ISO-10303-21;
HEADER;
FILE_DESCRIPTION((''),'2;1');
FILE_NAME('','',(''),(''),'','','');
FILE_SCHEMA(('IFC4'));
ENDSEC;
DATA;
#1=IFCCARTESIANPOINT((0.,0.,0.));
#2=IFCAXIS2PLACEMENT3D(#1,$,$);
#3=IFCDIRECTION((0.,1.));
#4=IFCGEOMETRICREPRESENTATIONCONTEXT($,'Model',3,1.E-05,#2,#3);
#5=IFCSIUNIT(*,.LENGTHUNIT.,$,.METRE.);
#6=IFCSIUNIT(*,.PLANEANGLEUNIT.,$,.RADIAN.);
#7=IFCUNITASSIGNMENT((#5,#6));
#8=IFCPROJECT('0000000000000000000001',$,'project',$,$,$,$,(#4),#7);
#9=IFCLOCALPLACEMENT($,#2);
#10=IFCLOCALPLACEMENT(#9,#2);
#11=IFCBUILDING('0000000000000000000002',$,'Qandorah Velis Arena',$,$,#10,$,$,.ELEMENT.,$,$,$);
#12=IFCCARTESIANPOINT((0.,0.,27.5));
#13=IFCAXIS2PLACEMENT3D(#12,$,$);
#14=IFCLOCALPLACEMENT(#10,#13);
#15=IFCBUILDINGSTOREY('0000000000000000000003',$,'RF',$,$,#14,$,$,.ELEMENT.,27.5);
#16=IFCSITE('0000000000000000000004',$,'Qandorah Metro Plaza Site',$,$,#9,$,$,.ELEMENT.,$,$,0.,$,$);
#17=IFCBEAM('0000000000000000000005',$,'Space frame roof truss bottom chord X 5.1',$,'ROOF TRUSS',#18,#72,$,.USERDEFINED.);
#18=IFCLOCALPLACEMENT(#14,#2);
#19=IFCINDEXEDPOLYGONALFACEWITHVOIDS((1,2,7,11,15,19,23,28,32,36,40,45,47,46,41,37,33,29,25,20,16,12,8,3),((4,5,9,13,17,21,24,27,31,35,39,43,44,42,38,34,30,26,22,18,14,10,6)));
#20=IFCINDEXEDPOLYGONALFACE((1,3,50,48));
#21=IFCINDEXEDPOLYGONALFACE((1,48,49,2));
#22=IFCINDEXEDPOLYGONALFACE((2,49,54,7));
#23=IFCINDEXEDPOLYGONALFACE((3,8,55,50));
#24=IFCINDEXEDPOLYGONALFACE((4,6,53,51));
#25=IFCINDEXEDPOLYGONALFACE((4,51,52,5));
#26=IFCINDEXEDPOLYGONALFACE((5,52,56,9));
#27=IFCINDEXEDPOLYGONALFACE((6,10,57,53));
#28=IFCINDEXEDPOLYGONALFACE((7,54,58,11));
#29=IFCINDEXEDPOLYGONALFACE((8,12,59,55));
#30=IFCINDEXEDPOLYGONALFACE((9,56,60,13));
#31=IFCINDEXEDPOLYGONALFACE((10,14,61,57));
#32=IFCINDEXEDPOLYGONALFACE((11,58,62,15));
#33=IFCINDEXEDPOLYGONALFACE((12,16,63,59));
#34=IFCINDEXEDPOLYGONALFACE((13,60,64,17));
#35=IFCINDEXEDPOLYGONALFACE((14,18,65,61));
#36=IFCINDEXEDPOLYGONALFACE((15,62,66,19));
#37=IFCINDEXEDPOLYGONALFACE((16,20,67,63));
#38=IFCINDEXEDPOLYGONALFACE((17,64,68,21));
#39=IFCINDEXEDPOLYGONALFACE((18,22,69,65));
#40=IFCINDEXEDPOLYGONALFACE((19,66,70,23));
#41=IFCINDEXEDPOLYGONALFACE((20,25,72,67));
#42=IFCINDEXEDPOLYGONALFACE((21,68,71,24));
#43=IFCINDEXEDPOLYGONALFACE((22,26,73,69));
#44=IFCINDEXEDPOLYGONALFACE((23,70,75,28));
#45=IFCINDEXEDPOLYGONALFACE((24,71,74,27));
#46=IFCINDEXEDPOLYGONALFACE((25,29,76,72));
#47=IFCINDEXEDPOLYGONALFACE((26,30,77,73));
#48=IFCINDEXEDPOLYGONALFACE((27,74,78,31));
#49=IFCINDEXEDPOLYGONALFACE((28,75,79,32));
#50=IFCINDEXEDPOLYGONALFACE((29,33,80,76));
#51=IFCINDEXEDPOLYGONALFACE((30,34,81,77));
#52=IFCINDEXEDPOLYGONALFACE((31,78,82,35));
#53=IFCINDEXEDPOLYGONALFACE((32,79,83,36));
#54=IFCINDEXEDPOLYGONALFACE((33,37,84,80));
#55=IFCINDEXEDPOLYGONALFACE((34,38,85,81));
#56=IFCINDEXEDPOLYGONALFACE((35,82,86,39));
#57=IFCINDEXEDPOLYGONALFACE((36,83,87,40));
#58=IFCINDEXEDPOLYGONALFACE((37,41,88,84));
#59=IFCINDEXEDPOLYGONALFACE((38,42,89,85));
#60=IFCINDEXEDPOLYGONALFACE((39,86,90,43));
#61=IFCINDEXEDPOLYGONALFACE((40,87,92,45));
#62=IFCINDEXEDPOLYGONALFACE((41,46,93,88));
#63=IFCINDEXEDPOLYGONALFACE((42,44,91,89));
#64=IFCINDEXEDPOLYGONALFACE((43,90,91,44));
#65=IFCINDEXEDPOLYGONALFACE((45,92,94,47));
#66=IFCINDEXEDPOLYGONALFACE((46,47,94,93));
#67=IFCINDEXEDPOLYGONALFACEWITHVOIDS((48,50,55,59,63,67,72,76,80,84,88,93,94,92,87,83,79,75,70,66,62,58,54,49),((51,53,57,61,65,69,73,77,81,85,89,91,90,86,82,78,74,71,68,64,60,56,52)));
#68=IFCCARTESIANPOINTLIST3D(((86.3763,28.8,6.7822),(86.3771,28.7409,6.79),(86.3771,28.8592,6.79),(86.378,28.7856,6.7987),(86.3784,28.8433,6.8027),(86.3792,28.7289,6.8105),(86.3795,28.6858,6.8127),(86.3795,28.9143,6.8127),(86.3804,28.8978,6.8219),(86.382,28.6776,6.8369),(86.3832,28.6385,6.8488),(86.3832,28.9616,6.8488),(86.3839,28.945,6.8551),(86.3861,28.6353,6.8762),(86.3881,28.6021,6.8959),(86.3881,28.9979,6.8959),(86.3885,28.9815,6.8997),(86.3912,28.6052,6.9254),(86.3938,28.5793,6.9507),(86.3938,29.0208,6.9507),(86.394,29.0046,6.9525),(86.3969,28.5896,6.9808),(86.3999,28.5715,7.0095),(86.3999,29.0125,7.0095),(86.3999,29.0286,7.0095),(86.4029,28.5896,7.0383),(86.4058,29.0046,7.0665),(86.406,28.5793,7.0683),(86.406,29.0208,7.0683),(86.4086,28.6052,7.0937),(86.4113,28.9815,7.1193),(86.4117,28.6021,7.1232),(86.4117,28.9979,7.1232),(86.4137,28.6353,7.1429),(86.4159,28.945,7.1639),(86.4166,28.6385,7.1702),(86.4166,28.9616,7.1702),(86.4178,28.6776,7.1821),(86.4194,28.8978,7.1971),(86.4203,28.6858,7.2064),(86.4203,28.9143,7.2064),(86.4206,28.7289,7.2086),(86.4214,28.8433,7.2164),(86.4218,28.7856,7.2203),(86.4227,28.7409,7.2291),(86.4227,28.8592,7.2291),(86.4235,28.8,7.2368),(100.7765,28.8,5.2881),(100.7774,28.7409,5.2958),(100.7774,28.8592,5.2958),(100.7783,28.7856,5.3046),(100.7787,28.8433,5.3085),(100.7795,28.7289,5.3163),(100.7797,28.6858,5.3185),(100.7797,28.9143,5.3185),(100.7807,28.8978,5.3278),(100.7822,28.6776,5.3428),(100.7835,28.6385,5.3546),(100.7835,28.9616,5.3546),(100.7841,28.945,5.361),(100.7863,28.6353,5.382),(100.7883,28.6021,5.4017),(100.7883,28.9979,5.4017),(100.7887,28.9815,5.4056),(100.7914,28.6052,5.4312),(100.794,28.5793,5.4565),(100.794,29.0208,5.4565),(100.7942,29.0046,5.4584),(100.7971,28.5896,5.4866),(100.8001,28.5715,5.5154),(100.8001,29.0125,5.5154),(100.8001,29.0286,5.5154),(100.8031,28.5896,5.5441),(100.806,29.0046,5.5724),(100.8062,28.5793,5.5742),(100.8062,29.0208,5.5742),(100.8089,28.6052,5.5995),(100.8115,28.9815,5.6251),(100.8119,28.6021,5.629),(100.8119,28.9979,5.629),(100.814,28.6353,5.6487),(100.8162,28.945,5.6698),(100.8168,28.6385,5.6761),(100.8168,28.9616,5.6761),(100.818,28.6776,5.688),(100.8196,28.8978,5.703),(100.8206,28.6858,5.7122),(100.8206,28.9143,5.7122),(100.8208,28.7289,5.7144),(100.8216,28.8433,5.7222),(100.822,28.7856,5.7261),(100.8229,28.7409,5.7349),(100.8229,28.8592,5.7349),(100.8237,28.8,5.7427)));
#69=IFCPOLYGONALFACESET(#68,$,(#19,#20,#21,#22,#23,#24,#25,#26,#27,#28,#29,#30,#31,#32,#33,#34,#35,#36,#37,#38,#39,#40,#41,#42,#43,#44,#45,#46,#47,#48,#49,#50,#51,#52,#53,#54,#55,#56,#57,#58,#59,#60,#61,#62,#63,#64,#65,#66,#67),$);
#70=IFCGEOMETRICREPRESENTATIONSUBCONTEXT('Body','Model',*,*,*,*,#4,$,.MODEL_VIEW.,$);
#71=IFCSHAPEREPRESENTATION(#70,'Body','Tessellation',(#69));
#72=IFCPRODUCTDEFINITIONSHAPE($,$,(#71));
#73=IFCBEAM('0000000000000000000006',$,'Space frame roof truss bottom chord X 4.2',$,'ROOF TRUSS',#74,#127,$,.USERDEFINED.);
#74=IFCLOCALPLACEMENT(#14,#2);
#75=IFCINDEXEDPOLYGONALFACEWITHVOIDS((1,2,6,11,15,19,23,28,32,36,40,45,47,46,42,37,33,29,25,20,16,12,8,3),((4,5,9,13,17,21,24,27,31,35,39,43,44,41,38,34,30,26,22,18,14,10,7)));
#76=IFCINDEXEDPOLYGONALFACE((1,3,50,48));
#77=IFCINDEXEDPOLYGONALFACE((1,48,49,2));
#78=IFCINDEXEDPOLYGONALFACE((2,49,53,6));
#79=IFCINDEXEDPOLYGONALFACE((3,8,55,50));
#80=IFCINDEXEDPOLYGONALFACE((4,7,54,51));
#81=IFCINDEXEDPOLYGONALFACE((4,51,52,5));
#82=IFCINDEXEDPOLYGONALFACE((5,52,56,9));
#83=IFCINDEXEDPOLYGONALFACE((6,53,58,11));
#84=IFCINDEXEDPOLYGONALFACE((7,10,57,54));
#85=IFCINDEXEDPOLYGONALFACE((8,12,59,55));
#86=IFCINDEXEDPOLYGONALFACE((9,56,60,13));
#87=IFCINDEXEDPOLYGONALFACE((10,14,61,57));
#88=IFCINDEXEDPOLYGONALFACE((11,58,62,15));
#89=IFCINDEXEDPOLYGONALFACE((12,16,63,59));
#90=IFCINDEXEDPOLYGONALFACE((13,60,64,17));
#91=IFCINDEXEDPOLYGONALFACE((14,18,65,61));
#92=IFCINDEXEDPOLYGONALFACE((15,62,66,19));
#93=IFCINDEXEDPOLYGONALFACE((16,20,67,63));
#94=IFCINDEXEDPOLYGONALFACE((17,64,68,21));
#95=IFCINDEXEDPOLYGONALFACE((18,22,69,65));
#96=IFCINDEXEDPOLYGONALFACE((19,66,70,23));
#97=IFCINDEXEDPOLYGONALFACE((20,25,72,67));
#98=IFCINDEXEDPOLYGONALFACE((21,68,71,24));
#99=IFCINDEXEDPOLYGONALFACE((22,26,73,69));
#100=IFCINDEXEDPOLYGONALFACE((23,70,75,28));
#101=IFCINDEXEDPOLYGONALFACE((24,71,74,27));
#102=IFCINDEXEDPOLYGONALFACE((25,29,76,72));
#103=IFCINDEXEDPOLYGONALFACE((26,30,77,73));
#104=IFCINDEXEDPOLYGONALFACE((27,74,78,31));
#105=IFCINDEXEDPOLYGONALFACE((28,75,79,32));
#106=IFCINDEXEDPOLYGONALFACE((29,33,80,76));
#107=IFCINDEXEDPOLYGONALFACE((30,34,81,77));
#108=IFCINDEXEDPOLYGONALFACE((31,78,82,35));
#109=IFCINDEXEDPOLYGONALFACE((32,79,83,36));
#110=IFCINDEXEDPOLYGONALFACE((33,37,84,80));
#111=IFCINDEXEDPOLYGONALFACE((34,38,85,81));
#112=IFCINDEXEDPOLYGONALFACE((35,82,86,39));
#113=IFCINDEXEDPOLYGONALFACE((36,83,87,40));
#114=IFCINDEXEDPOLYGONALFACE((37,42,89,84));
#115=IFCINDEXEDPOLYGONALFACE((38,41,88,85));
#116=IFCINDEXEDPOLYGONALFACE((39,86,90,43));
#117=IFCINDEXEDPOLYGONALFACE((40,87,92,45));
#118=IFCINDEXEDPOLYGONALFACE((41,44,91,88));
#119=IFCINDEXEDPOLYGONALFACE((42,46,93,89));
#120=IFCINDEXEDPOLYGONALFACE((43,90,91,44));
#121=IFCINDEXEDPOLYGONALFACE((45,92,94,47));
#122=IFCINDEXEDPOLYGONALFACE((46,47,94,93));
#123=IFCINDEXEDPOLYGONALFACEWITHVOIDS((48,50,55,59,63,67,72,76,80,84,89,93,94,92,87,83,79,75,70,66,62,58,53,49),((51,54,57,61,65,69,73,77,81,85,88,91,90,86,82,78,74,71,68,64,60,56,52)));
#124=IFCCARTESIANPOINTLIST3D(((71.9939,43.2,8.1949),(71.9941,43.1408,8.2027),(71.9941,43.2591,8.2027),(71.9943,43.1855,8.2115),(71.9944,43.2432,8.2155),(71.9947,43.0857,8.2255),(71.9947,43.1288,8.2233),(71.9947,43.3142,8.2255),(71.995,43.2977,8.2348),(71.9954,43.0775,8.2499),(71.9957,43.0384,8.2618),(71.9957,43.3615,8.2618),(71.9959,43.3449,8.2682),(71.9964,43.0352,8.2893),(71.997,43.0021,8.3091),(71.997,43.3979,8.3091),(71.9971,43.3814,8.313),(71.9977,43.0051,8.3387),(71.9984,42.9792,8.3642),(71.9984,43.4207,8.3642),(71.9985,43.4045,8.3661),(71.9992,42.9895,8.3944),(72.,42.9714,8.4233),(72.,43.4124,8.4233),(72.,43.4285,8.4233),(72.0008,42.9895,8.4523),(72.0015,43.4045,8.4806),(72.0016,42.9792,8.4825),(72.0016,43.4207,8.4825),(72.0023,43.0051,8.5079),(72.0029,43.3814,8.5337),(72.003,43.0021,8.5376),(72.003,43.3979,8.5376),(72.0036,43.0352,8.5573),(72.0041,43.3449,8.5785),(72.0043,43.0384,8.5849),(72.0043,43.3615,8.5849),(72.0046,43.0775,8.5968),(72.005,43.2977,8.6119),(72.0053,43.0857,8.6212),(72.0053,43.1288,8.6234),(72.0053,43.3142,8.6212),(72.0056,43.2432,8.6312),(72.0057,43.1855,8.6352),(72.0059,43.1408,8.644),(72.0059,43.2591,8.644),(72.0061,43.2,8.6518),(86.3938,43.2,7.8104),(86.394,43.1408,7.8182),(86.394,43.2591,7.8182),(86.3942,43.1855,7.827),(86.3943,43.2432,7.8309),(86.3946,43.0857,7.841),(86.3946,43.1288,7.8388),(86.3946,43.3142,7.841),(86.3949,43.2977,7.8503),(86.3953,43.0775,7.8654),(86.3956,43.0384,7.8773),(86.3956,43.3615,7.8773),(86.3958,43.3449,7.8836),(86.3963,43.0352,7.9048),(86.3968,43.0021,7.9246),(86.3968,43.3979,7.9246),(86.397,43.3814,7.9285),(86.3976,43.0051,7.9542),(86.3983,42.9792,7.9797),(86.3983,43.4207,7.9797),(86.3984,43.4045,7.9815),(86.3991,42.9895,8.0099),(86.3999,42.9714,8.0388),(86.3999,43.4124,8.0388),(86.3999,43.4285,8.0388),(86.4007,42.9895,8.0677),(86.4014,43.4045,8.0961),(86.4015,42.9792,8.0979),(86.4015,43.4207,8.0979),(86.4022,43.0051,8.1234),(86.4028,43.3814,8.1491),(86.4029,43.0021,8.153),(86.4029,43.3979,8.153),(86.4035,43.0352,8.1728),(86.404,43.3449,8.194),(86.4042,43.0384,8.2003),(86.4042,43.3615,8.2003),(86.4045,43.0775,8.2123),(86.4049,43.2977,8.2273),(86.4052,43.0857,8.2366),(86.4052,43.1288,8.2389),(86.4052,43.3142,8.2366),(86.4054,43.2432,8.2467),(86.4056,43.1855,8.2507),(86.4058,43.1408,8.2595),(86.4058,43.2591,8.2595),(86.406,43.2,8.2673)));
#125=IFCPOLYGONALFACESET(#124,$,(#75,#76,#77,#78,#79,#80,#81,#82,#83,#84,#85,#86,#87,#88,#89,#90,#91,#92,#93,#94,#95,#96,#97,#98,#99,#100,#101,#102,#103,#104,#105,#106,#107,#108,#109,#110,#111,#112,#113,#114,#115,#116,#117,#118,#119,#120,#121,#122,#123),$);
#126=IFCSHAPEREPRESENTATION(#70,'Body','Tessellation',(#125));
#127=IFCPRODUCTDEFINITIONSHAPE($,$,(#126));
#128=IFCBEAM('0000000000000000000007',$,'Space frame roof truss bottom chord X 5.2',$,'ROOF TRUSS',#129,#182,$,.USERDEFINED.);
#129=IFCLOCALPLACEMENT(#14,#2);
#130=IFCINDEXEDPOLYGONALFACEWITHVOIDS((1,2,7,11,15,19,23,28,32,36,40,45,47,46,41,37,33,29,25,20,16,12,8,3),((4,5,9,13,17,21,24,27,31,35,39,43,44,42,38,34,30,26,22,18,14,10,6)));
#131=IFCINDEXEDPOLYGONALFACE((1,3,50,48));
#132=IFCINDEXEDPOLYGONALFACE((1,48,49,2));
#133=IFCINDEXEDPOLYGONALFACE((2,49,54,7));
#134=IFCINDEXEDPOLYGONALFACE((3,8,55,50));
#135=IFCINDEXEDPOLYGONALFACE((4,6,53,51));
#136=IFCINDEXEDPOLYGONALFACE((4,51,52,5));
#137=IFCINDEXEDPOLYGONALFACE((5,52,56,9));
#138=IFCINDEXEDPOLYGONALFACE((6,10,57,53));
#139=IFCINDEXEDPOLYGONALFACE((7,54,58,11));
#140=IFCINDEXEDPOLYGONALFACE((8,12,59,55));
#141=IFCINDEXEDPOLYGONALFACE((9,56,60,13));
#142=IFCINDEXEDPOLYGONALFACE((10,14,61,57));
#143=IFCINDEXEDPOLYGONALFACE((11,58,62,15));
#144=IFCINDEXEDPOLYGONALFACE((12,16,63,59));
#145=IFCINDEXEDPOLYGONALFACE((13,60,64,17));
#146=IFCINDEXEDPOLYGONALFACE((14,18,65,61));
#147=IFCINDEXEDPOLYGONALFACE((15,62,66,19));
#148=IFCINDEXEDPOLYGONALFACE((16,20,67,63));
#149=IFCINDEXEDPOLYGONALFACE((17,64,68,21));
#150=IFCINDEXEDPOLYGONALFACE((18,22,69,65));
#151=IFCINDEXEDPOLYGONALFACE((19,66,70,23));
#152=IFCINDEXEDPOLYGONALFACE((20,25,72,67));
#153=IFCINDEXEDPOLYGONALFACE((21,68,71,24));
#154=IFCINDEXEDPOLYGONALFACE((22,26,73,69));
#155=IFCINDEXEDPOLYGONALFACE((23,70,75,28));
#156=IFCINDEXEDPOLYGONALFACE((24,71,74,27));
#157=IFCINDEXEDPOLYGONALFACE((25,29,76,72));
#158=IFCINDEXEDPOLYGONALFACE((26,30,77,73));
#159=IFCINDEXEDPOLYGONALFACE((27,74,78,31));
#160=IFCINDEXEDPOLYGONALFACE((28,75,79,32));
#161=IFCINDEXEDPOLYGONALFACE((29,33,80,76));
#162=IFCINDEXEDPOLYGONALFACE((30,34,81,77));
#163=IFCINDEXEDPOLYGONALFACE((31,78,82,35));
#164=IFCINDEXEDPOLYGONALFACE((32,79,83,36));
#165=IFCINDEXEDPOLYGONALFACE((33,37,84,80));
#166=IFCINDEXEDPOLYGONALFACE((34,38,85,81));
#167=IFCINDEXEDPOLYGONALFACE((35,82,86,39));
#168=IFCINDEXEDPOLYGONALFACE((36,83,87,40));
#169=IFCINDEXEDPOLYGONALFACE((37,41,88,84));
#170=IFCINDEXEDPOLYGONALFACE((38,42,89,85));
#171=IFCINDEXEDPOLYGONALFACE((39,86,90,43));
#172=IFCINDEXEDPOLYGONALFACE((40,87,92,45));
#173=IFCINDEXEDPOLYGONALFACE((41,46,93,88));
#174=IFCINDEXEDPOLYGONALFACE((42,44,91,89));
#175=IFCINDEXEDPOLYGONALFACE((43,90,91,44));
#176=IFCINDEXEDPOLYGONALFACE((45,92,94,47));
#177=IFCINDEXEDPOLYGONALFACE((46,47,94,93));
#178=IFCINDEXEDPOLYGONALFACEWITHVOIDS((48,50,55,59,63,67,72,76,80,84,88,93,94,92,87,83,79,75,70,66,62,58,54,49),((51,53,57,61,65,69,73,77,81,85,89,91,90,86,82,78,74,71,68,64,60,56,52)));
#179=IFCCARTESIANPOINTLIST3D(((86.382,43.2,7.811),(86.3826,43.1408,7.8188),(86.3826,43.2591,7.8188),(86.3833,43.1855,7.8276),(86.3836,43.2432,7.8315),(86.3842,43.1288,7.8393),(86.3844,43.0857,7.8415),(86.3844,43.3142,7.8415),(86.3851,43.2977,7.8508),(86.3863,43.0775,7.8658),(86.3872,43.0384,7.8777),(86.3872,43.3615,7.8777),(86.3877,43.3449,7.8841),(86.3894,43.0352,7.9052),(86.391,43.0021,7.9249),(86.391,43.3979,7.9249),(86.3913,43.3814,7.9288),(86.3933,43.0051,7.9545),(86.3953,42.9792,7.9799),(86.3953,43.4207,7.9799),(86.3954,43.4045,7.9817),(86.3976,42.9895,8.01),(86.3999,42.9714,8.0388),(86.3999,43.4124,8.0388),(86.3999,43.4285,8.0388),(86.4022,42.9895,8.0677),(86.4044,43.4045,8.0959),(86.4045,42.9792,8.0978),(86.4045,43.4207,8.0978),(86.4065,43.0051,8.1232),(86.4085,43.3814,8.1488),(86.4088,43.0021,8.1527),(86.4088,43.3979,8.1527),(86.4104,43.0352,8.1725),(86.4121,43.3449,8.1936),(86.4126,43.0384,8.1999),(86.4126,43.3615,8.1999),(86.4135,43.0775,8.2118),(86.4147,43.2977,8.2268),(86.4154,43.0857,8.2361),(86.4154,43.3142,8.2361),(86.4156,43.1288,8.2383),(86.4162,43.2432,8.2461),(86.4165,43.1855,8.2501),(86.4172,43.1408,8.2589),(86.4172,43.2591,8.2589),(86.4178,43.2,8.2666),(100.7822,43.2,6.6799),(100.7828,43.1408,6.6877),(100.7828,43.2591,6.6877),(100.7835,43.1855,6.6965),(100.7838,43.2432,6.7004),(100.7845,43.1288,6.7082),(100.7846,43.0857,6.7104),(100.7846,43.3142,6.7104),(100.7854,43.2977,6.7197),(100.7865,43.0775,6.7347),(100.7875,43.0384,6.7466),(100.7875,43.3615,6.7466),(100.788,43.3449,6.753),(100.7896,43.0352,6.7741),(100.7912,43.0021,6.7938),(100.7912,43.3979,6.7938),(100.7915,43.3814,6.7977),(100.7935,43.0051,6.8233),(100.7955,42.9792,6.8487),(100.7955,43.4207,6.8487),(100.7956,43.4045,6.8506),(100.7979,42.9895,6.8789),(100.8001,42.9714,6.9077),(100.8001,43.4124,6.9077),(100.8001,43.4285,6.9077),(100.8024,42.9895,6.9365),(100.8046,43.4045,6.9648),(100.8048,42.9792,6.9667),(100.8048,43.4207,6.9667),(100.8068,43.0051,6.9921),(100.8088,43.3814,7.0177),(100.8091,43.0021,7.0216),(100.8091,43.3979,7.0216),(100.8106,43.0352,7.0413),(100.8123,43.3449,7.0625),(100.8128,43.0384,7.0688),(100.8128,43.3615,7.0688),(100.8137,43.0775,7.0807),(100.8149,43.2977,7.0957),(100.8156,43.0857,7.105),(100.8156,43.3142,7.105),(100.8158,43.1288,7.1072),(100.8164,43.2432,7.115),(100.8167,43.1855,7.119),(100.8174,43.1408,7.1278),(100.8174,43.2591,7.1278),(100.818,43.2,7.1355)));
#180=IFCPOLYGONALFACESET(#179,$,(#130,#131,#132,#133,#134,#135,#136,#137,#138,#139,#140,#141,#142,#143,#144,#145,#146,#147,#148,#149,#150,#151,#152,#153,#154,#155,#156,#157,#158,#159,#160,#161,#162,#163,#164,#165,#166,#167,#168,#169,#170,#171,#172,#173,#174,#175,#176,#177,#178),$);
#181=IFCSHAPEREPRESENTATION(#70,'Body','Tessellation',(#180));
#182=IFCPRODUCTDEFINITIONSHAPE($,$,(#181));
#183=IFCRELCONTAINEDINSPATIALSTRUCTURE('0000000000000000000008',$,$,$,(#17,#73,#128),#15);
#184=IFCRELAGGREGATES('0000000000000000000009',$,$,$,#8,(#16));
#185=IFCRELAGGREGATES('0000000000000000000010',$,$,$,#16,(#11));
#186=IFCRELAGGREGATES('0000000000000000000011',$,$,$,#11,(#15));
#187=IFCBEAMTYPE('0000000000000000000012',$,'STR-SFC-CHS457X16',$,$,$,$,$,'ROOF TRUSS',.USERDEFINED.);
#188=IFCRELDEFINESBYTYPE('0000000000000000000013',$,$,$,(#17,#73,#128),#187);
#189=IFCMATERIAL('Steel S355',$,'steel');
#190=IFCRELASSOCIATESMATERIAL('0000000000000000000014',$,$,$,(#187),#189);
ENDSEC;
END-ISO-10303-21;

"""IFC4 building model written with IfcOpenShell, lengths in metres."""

from ifc_helpers import new_model, si_unit, direction, frame, origin, origin_2d, place, context, subcontext, project, spatial, hollow_circle, extrude, material, material_profile, profile_set, type_object, element, save


model = new_model("IFC4")

# Units and contexts
model_context = context("Model", 3, precision=1e-05, world=origin(), true_north=direction((0.0, 1.0)))
body_context = subcontext(model_context, "Body", "Model", "MODEL_VIEW")
ifc_project = project(units=[si_unit("LENGTHUNIT", "METRE"), si_unit("PLANEANGLEUNIT", "RADIAN")], contexts=[model_context])

# Site, building, storey
site_placement = place(None, origin())
site = spatial("IfcSite", under=ifc_project, at=site_placement, Name="Qandorah Metro Plaza Site", CompositionType="ELEMENT", RefElevation=0.0)
building_placement = place(site_placement, origin())
building = spatial("IfcBuilding", under=site, at=building_placement, Name="Qandorah Velis Arena", CompositionType="ELEMENT")
storey_placement = place(building_placement, frame((0.0, 0.0, 27.5)))
storey = spatial("IfcBuildingStorey", under=building, at=storey_placement, Name="RF", CompositionType="ELEMENT", Elevation=27.5)

# Shared definitions
ifc_material_1 = material(Name="Steel S355", Category="steel")

# Beams
ifc_material_profile_1 = material_profile(ifc_material_1, hollow_circle(Radius=0.2285, WallThickness=0.0161, at=origin_2d()), Name="CHS 457x16")
ifc_profile_set_1 = profile_set([ifc_material_profile_1], Name="Steel S355")
beam_type_1 = type_object("IfcBeamType", Name="STR-SFC-CHS457X16", ElementType="ROOF TRUSS", PredefinedType="USERDEFINED", material=ifc_profile_set_1)
beam_1_placement = place(storey_placement, frame((86.3999, 28.8, 7.0095), z_axis=(0.99466, 0.0, -0.103205), x_axis=(0.0, 1.0, 0.0)))
element("IfcBeam", 1, at=beam_1_placement, inside=storey, type_object=beam_type_1, Name="Space frame roof truss bottom chord X 5.1", ObjectType="ROOF TRUSS", PredefinedType="USERDEFINED", context=body_context, shape_type="SweptSolid", body=[
    extrude(hollow_circle(Radius=0.2285, WallThickness=0.0161, at=origin_2d()), origin(), (0.0, 0.0, 1.0), 14.4775),
])
beam_2_placement = place(storey_placement, frame((72.0, 43.2, 8.4233), z_axis=(0.999644, 0.0, -0.026694), x_axis=(0.0, 1.0, 0.0)))
element("IfcBeam", 2, at=beam_2_placement, inside=storey, type_object=beam_type_1, Name="Space frame roof truss bottom chord X 4.2", ObjectType="ROOF TRUSS", PredefinedType="USERDEFINED", context=body_context, shape_type="SweptSolid", body=[
    extrude(hollow_circle(Radius=0.2285, WallThickness=0.0161, at=origin_2d()), origin(), (0.0, 0.0, 1.0), 14.405),
])
beam_3_placement = place(storey_placement, frame((86.3999, 43.2, 8.0388), z_axis=(0.996929, 0.0, -0.078307), x_axis=(0.0, 1.0, 0.0)))
element("IfcBeam", 3, at=beam_3_placement, inside=storey, type_object=beam_type_1, Name="Space frame roof truss bottom chord X 5.2", ObjectType="ROOF TRUSS", PredefinedType="USERDEFINED", context=body_context, shape_type="SweptSolid", body=[
    extrude(hollow_circle(Radius=0.2285, WallThickness=0.0161, at=origin_2d()), origin(), (0.0, 0.0, 1.0), 14.4446),
])

save(model, "model.ifc")
